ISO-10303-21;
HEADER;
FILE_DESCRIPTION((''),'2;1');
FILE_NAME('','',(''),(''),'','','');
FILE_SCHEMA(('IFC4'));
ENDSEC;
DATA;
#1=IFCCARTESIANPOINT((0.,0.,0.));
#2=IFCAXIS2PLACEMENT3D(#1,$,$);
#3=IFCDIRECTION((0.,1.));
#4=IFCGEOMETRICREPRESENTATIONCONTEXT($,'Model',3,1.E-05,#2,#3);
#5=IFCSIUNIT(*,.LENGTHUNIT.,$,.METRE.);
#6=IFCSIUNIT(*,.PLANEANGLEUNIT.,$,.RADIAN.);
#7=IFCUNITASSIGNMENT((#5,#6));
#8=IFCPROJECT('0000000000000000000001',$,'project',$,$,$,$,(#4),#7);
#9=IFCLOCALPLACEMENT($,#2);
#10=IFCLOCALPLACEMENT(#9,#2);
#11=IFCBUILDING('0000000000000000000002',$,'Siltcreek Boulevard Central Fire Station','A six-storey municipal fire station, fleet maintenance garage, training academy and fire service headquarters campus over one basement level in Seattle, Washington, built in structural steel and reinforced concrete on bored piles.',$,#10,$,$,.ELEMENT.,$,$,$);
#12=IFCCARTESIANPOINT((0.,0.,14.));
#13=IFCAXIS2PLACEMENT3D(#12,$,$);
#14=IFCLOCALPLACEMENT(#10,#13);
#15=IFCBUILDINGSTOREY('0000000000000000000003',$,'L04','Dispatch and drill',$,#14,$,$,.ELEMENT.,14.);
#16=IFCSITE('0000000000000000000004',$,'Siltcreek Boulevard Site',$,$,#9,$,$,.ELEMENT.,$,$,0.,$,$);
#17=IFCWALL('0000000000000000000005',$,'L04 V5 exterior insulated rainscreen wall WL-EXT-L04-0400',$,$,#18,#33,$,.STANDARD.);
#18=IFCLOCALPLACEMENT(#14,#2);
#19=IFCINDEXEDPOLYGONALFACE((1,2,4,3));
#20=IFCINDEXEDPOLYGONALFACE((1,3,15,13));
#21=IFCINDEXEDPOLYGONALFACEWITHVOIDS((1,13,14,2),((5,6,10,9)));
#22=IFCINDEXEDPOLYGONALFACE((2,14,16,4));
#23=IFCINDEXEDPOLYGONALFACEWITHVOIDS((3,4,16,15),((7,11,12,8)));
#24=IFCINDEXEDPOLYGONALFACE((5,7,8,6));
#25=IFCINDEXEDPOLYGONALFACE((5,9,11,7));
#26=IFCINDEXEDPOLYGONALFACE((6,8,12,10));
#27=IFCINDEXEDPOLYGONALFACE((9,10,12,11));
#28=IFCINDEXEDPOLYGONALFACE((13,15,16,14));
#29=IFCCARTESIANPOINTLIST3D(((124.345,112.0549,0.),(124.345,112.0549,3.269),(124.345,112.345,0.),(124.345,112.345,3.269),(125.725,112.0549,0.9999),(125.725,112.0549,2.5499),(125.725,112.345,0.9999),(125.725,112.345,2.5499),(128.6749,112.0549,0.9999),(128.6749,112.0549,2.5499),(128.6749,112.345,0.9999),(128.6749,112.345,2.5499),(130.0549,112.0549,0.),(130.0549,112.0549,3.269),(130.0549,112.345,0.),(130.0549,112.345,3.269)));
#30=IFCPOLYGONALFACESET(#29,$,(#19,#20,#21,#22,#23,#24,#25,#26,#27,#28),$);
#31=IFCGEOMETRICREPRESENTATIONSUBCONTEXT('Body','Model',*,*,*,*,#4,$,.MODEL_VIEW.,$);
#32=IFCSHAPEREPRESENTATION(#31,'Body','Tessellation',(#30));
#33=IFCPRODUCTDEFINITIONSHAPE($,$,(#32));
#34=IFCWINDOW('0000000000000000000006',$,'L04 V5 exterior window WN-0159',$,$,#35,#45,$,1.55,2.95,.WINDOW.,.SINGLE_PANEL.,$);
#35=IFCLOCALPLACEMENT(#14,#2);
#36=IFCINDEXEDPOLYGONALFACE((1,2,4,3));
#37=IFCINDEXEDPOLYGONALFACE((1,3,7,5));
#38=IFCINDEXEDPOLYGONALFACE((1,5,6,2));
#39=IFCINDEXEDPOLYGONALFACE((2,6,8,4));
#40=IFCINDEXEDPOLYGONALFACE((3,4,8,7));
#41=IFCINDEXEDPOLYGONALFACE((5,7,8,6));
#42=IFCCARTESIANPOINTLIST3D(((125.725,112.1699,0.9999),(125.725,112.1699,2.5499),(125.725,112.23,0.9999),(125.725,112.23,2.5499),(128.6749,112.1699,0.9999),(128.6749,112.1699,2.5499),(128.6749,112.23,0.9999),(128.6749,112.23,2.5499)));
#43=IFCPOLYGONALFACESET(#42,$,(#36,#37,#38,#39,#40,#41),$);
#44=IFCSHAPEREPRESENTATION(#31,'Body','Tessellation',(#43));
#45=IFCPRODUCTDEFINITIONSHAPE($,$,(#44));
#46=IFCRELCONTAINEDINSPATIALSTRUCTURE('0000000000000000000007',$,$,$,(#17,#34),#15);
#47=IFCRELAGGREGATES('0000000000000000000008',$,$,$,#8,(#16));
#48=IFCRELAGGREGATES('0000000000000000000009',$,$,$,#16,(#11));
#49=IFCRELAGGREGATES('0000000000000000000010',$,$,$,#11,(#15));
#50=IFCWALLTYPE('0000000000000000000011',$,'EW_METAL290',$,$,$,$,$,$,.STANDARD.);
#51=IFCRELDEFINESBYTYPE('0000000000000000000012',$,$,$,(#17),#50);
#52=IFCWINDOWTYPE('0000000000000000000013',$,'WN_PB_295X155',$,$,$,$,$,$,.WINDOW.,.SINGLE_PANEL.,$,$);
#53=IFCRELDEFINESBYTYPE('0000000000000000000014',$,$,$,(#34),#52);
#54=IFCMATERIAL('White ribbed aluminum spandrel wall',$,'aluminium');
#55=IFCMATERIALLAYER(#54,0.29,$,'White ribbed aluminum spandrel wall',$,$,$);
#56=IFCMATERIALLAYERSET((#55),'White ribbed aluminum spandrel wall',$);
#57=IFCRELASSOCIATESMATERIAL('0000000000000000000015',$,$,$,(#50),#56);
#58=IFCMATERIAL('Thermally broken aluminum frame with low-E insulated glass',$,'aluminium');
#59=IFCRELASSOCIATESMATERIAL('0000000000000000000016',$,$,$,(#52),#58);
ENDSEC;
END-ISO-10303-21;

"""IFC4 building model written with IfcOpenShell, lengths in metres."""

from ifc_helpers import new_model, si_unit, direction, frame, frame_2d, origin, place, context, subcontext, project, spatial, rectangle, extrude, material, layer, layer_set, type_object, element, fill, save


model = new_model("IFC4")

# Units and contexts
model_context = context("Model", 3, precision=1e-05, world=origin(), true_north=direction((0.0, 1.0)))
body_context = subcontext(model_context, "Body", "Model", "MODEL_VIEW")
ifc_project = project(units=[si_unit("LENGTHUNIT", "METRE"), si_unit("PLANEANGLEUNIT", "RADIAN")], contexts=[model_context])

# Site, building, storey
site_placement = place(None, origin())
site = spatial("IfcSite", under=ifc_project, at=site_placement, Name="Siltcreek Boulevard Site", CompositionType="ELEMENT", RefElevation=0.0)
building_placement = place(site_placement, origin())
building = spatial("IfcBuilding", under=site, at=building_placement, Name="Siltcreek Boulevard Central Fire Station", Description="A six-storey municipal fire station, fleet maintenance garage, training academy and fire service headquarters campus over one basement level in Seattle, Washington, built in structural steel and reinforced concrete on bored piles.", CompositionType="ELEMENT")
storey_placement = place(building_placement, frame((0.0, 0.0, 14.0)))
storey = spatial("IfcBuildingStorey", under=building, at=storey_placement, Name="L04", Description="Dispatch and drill", CompositionType="ELEMENT", Elevation=14.0)

# Wall, opening, window
ifc_material_1 = material(Name="White ribbed aluminum spandrel wall", Category="aluminium")
ifc_layer_1 = layer(ifc_material_1, 0.29, Name="White ribbed aluminum spandrel wall")
ifc_layer_set_1 = layer_set([ifc_layer_1], Name="White ribbed aluminum spandrel wall")
wall_type = type_object("IfcWallType", Name="EW_METAL290", PredefinedType="STANDARD", material=ifc_layer_set_1)
wall_placement = place(storey_placement, frame((130.0549, 112.2, 0.0), z_axis=(0.0, 0.0, 1.0), x_axis=(-1.0, 0.0, 0.0)))
wall = element("IfcWall", 1, at=wall_placement, inside=storey, type_object=wall_type, Name="L04 V5 exterior insulated rainscreen wall WL-EXT-L04-0400", PredefinedType="STANDARD", context=body_context, shape_type="SweptSolid", body=[
    extrude(rectangle(XDim=5.71, YDim=0.29, at=frame_2d((2.855, 0.0))), origin(), (0.0, 0.0, 1.0), 3.269),
])
opening_placement = place(wall_placement, frame((1.3799, 0.0, 1.0)))
opening = element("IfcOpeningElement", 2, at=opening_placement, cuts=wall, PredefinedType="OPENING", context=body_context, shape_type="SweptSolid", body=[
    extrude(rectangle(XDim=2.95, YDim=1.55, at=frame_2d((1.4751, 0.7749))), frame((0.0, 0.155, 0.0), z_axis=(0.0, -1.0, 0.0), x_axis=(1.0, 0.0, 0.0)), (0.0, 0.0, 1.0), 0.3101),
])
ifc_material_2 = material(Name="Thermally broken aluminum frame with low-E insulated glass", Category="aluminium")
window_type = type_object("IfcWindowType", Name="WN_PB_295X155", PartitioningType="SINGLE_PANEL", PredefinedType="WINDOW", material=ifc_material_2)
window_placement = place(opening_placement, origin())
window = element("IfcWindow", 3, at=window_placement, inside=storey, type_object=window_type, Name="L04 V5 exterior window WN-0159", OverallHeight=1.55, OverallWidth=2.95, PartitioningType="SINGLE_PANEL", PredefinedType="WINDOW", context=body_context, shape_type="SweptSolid", body=[
    extrude(rectangle(XDim=2.95, YDim=1.55, at=frame_2d((1.4751, 0.7749))), frame((0.0, 0.03, 0.0), z_axis=(0.0, -1.0, 0.0), x_axis=(1.0, 0.0, 0.0)), (0.0, 0.0, 1.0), 0.0601),
])
fill(opening, window)

save(model, "model.ifc")
